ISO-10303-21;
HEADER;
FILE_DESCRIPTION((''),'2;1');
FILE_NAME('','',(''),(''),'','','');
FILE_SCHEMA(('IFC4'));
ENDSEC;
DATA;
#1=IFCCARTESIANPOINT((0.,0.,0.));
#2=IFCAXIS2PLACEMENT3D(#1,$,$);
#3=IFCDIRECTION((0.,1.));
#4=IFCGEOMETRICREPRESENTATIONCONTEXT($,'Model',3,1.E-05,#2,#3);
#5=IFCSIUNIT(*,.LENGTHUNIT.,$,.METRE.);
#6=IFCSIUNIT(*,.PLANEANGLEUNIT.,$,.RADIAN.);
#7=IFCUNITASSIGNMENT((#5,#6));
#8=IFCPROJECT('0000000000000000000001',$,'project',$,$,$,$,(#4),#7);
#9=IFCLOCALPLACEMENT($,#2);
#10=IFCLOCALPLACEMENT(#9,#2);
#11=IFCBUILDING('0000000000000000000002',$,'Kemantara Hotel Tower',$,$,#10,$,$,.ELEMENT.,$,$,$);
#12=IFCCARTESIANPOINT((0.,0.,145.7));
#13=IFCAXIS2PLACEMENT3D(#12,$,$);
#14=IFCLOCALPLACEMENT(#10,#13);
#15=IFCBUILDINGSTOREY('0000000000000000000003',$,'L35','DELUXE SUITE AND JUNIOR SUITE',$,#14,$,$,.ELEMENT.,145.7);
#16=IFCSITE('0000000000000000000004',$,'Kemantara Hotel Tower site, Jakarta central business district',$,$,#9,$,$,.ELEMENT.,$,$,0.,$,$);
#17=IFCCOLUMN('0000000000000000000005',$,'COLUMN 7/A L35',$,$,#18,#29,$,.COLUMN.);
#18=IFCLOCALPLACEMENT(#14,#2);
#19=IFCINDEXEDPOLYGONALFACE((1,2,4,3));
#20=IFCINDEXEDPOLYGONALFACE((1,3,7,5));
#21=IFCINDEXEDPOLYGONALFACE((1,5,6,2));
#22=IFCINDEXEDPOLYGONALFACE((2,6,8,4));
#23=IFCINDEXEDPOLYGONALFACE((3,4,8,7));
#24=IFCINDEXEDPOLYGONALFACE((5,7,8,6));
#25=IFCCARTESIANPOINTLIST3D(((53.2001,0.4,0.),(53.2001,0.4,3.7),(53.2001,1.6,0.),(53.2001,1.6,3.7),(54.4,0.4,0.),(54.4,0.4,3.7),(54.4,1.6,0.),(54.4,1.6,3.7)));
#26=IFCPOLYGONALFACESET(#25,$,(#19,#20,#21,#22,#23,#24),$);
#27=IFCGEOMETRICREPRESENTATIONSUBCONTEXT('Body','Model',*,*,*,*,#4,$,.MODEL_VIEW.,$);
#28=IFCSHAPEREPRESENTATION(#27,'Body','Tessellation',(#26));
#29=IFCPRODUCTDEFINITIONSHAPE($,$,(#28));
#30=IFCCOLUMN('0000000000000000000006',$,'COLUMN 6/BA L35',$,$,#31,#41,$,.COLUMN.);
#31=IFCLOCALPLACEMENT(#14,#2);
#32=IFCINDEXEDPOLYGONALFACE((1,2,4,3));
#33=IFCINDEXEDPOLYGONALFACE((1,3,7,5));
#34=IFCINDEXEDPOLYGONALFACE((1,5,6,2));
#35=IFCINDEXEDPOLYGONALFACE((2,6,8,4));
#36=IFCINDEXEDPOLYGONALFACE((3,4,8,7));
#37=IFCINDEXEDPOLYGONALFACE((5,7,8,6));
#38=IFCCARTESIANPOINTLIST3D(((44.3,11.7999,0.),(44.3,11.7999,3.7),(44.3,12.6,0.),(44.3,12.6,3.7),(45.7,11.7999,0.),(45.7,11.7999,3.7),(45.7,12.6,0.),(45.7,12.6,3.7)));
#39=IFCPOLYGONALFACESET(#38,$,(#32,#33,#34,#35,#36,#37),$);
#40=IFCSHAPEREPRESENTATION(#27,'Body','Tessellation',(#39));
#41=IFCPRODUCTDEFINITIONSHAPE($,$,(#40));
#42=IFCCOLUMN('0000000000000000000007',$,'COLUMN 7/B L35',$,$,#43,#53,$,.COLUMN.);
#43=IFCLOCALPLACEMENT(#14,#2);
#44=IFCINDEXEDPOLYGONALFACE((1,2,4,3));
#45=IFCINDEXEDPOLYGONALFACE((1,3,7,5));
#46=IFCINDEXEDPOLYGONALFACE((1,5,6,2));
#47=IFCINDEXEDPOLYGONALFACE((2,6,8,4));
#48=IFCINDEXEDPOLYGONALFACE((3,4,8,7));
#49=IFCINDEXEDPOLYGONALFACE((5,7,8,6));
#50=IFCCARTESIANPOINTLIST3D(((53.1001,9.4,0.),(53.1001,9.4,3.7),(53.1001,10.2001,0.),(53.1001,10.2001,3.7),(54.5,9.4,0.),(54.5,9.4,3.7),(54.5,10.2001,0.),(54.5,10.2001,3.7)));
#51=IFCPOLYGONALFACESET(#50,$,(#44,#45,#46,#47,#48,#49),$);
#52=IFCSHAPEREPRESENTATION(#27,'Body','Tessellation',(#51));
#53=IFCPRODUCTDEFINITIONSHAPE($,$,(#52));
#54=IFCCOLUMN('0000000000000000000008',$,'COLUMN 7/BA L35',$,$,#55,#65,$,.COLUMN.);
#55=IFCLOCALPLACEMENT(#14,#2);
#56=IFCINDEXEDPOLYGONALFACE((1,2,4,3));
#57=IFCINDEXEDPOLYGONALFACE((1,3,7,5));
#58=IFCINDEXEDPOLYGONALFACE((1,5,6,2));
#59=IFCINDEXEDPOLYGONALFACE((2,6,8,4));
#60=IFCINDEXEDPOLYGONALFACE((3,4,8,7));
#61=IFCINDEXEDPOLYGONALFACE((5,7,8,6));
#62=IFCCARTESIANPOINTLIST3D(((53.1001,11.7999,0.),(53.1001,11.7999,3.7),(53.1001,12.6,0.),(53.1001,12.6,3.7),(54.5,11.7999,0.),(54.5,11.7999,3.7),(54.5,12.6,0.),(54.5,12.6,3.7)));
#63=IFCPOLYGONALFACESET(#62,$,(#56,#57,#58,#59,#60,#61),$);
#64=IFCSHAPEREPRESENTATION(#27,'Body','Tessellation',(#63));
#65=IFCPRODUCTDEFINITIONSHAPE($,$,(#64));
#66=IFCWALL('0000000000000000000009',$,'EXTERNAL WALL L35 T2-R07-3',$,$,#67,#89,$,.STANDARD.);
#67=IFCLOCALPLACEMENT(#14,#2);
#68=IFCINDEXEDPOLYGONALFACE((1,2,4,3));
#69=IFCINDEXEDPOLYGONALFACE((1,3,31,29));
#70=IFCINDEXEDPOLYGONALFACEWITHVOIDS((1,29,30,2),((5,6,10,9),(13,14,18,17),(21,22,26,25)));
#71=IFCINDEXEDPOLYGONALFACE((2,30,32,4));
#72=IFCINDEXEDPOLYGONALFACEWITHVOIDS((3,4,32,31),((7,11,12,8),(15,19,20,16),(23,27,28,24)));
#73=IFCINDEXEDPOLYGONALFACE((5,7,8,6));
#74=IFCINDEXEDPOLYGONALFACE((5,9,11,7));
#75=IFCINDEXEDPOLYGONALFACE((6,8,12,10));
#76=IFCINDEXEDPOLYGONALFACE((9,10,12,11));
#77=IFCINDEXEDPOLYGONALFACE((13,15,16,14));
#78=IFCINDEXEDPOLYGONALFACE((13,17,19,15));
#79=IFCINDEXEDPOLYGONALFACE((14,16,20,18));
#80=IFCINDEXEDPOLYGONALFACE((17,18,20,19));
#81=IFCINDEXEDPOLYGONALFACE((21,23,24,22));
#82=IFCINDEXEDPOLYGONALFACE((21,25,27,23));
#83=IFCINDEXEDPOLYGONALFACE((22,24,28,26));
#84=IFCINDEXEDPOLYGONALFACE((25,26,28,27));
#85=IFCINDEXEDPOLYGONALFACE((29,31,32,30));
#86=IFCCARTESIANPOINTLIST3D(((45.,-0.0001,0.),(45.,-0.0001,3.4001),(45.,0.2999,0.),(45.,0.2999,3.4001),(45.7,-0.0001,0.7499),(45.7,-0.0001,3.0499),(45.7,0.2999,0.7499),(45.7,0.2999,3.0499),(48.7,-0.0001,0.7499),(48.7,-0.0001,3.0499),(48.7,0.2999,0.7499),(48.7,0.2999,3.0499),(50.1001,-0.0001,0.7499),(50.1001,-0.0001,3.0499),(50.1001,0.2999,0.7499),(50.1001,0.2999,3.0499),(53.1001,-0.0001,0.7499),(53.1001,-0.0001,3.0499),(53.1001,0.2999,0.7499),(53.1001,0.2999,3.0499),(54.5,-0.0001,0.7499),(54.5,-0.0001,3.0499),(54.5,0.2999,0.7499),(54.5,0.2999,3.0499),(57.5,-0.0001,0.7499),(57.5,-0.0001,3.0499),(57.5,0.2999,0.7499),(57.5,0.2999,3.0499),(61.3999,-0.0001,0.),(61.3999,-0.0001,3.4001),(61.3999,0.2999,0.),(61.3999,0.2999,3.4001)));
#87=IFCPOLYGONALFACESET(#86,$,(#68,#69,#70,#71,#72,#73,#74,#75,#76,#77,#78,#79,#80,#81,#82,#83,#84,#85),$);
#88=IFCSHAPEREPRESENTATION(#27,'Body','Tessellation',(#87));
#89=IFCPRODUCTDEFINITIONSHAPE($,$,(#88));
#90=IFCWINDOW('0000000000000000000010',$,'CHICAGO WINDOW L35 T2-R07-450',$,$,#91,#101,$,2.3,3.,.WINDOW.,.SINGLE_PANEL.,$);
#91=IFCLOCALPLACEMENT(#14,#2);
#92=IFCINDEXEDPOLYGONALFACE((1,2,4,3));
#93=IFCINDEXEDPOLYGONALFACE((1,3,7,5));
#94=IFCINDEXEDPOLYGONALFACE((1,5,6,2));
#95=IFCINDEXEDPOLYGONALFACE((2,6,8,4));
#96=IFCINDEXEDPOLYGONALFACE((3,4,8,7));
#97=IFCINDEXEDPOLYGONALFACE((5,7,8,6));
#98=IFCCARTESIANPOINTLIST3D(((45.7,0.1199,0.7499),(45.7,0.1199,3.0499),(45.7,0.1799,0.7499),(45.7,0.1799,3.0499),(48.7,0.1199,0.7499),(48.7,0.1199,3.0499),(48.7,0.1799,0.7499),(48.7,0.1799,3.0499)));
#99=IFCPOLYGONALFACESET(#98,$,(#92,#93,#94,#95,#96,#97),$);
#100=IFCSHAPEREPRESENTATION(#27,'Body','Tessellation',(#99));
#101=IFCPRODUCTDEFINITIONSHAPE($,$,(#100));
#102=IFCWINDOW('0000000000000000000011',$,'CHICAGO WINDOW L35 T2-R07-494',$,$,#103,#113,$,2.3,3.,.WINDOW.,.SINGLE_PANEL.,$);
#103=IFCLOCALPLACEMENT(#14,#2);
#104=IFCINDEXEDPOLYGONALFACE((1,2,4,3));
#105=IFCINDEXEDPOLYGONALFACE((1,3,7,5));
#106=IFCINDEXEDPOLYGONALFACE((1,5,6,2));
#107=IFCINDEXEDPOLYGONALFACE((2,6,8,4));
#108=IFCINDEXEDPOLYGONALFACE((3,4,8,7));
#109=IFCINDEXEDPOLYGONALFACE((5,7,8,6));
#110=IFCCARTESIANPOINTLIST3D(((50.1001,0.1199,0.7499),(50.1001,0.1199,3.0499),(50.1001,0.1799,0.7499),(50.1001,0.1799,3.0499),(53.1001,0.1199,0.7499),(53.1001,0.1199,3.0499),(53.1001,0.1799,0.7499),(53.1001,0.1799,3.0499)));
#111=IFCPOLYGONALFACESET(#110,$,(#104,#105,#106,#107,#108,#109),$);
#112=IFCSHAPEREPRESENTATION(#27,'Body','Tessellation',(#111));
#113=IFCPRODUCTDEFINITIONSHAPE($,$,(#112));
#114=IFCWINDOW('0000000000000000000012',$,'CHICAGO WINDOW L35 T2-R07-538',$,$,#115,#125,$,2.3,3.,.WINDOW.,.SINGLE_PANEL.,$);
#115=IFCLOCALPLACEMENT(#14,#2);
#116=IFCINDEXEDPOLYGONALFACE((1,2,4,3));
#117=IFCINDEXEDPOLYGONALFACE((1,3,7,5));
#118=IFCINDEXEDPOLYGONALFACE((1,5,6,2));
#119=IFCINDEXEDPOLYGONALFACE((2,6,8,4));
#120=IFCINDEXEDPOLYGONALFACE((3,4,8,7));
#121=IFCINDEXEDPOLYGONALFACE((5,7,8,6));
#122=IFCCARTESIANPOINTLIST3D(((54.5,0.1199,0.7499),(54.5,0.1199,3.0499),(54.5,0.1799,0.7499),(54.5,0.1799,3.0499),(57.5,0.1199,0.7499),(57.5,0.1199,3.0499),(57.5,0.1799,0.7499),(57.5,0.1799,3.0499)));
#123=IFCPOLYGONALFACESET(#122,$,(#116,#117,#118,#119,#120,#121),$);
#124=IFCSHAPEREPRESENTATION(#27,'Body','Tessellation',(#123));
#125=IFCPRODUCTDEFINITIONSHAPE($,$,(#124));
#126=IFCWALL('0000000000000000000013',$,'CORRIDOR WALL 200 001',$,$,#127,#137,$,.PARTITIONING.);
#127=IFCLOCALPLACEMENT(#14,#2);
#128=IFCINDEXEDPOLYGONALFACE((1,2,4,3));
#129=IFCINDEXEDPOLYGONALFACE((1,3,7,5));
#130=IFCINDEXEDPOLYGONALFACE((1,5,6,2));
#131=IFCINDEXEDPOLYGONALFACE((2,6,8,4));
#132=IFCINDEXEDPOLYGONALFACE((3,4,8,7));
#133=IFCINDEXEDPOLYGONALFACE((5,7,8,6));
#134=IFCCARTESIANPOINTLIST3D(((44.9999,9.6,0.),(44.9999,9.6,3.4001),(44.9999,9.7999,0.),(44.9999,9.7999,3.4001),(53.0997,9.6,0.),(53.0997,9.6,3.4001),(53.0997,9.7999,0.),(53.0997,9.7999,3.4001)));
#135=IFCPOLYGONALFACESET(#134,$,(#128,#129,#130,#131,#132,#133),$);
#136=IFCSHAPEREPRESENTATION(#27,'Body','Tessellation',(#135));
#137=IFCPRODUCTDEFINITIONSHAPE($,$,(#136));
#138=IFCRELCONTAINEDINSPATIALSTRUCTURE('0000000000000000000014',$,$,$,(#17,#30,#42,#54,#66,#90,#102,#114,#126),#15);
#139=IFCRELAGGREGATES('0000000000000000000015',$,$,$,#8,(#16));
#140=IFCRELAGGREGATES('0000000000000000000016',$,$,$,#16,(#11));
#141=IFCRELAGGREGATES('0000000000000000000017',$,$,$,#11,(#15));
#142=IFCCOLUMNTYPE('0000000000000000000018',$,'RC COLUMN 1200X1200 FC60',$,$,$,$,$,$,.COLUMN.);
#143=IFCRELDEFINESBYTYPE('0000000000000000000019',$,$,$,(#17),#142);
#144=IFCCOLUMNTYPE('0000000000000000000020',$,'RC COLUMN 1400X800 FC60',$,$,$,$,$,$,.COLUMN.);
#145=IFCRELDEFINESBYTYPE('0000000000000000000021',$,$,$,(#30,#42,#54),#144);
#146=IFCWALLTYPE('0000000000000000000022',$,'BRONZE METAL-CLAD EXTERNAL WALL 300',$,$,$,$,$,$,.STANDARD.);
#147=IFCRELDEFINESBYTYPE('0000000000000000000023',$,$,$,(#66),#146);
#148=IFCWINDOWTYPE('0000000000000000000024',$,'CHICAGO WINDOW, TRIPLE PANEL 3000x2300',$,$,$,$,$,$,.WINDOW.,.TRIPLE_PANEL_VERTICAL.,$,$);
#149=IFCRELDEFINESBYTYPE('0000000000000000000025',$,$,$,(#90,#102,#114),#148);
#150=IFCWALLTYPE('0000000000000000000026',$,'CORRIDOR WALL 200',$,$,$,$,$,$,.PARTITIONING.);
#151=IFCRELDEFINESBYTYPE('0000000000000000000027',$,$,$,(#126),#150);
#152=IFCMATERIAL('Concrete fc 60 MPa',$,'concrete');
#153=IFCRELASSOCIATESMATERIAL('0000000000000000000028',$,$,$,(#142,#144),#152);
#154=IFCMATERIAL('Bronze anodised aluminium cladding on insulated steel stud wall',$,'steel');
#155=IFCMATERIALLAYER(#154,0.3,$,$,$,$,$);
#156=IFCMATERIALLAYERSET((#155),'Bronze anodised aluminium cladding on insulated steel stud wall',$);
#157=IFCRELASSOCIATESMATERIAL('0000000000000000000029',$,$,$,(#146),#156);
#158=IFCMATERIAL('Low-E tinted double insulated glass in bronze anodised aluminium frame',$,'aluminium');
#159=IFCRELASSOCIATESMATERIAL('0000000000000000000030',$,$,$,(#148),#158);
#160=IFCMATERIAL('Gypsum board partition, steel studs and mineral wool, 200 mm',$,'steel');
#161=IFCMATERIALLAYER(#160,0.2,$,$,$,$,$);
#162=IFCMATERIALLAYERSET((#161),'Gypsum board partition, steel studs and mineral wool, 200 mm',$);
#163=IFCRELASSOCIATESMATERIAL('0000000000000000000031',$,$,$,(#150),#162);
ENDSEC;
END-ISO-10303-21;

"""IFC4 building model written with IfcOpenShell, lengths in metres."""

from ifc_helpers import new_model, si_unit, direction, frame, frame_2d, origin, origin_2d, place, context, subcontext, project, spatial, rectangle, extrude, material, layer, layer_set, material_profile, profile_set, type_object, element, fill, save


model = new_model("IFC4")

# Units and contexts
model_context = context("Model", 3, precision=1e-05, world=origin(), true_north=direction((0.0, 1.0)))
body_context = subcontext(model_context, "Body", "Model", "MODEL_VIEW")
ifc_project = project(units=[si_unit("LENGTHUNIT", "METRE"), si_unit("PLANEANGLEUNIT", "RADIAN")], contexts=[model_context])

# Site, building, storey
site_placement = place(None, origin())
site = spatial("IfcSite", under=ifc_project, at=site_placement, Name="Kemantara Hotel Tower site, Jakarta central business district", CompositionType="ELEMENT", RefElevation=0.0)
building_placement = place(site_placement, origin())
building = spatial("IfcBuilding", under=site, at=building_placement, Name="Kemantara Hotel Tower", CompositionType="ELEMENT")
storey_placement = place(building_placement, frame((0.0, 0.0, 145.7)))
storey = spatial("IfcBuildingStorey", under=building, at=storey_placement, Name="L35", Description="DELUXE SUITE AND JUNIOR SUITE", CompositionType="ELEMENT", Elevation=145.7)

# Columns
ifc_material_1 = material(Name="Concrete fc 60 MPa", Category="concrete")
ifc_material_profile_1 = material_profile(ifc_material_1, rectangle(XDim=1.2, YDim=1.2, at=origin_2d()), Name="RC 1200X1200")
ifc_profile_set_1 = profile_set([ifc_material_profile_1], Name="Concrete fc 60 MPa")
column_type_1 = type_object("IfcColumnType", Name="RC COLUMN 1200X1200 FC60", PredefinedType="COLUMN", material=ifc_profile_set_1)
column_placement = place(storey_placement, frame((53.8, 1.0, 0.0), z_axis=(0.0, 0.0, 1.0), x_axis=(1.0, 0.0, 0.0)))
element("IfcColumn", 1, at=column_placement, inside=storey, type_object=column_type_1, Name="COLUMN 7/A L35", PredefinedType="COLUMN", context=body_context, shape_type="SweptSolid", body=[
    extrude(rectangle(XDim=1.2, YDim=1.2, at=origin_2d()), origin(), (0.0, 0.0, 1.0), 3.7),
])
ifc_material_profile_2 = material_profile(ifc_material_1, rectangle(XDim=1.3999, YDim=0.8, at=origin_2d()), Name="RC 1400X800")
ifc_profile_set_2 = profile_set([ifc_material_profile_2], Name="Concrete fc 60 MPa")
column_type_2 = type_object("IfcColumnType", Name="RC COLUMN 1400X800 FC60", PredefinedType="COLUMN", material=ifc_profile_set_2)
for number, where, z_axis, x_axis, name in (
    (2, (45.0, 12.2, 0.0), (0.0, 0.0, 1.0), (1.0, 0.0, 0.0), "COLUMN 6/BA L35"),
    (3, (53.8, 9.8, 0.0), (0.0, 0.0, 1.0), (1.0, 0.0, 0.0), "COLUMN 7/B L35"),
    (4, (53.8, 12.2, 0.0), (0.0, 0.0, 1.0), (1.0, 0.0, 0.0), "COLUMN 7/BA L35"),
):
    element("IfcColumn", number, at=place(storey_placement, frame(where, z_axis=z_axis, x_axis=x_axis)), inside=storey, type_object=column_type_2, Name=name, PredefinedType="COLUMN", context=body_context, shape_type="SweptSolid", body=[
        extrude(rectangle(XDim=1.3999, YDim=0.8, at=origin_2d()), origin(), (0.0, 0.0, 1.0), 3.7),
    ])

# Wall, openings, windows
ifc_material_2 = material(Name="Bronze anodised aluminium cladding on insulated steel stud wall", Category="steel")
ifc_layer_1 = layer(ifc_material_2, 0.3)
ifc_layer_set_1 = layer_set([ifc_layer_1], Name="Bronze anodised aluminium cladding on insulated steel stud wall")
wall_type_1 = type_object("IfcWallType", Name="BRONZE METAL-CLAD EXTERNAL WALL 300", PredefinedType="STANDARD", material=ifc_layer_set_1)
wall_1_placement = place(storey_placement, frame((45.0, 0.1499, 0.0), z_axis=(0.0, 0.0, 1.0), x_axis=(1.0, 0.0, 0.0)))
wall_1 = element("IfcWall", 5, at=wall_1_placement, inside=storey, type_object=wall_type_1, Name="EXTERNAL WALL L35 T2-R07-3", PredefinedType="STANDARD", context=body_context, shape_type="SweptSolid", body=[
    extrude(rectangle(XDim=16.3999, YDim=0.3, at=frame_2d((8.2, 0.0))), origin(), (0.0, 0.0, 1.0), 3.4001),
])
opening_1_placement = place(wall_1_placement, frame((0.7, 0.0, 0.75)))
opening_1 = element("IfcOpeningElement", 6, at=opening_1_placement, cuts=wall_1, PredefinedType="OPENING", context=body_context, shape_type="SweptSolid", body=[
    extrude(rectangle(XDim=3.0, YDim=2.3, at=frame_2d((1.5, 1.1499))), frame((0.0, 0.1599, 0.0), z_axis=(0.0, -1.0, 0.0), x_axis=(1.0, 0.0, 0.0)), (0.0, 0.0, 1.0), 0.3201),
])
opening_2_placement = place(wall_1_placement, frame((5.1001, 0.0, 0.75)))
opening_2 = element("IfcOpeningElement", 7, at=opening_2_placement, cuts=wall_1, PredefinedType="OPENING", context=body_context, shape_type="SweptSolid", body=[
    extrude(rectangle(XDim=3.0, YDim=2.3, at=frame_2d((1.5, 1.1499))), frame((0.0, 0.1599, 0.0), z_axis=(0.0, -1.0, 0.0), x_axis=(1.0, 0.0, 0.0)), (0.0, 0.0, 1.0), 0.3201),
])
opening_3_placement = place(wall_1_placement, frame((9.5, 0.0, 0.75)))
opening_3 = element("IfcOpeningElement", 8, at=opening_3_placement, cuts=wall_1, PredefinedType="OPENING", context=body_context, shape_type="SweptSolid", body=[
    extrude(rectangle(XDim=3.0, YDim=2.3, at=frame_2d((1.5, 1.1499))), frame((0.0, 0.1599, 0.0), z_axis=(0.0, -1.0, 0.0), x_axis=(1.0, 0.0, 0.0)), (0.0, 0.0, 1.0), 0.3201),
])
ifc_material_3 = material(Name="Low-E tinted double insulated glass in bronze anodised aluminium frame", Category="aluminium")
window_type = type_object("IfcWindowType", Name="CHICAGO WINDOW, TRIPLE PANEL 3000x2300", PartitioningType="TRIPLE_PANEL_VERTICAL", PredefinedType="WINDOW", material=ifc_material_3)
window_1_placement = place(opening_1_placement, origin())
window_1 = element("IfcWindow", 9, at=window_1_placement, inside=storey, type_object=window_type, Name="CHICAGO WINDOW L35 T2-R07-450", OverallHeight=2.3, OverallWidth=3.0, PartitioningType="SINGLE_PANEL", PredefinedType="WINDOW", context=body_context, shape_type="SweptSolid", body=[
    extrude(rectangle(XDim=3.0, YDim=2.3, at=frame_2d((1.5, 1.1499))), frame((0.0, 0.03, 0.0), z_axis=(0.0, -1.0, 0.0), x_axis=(1.0, 0.0, 0.0)), (0.0, 0.0, 1.0), 0.0601),
])
fill(opening_1, window_1)
window_2_placement = place(opening_2_placement, origin())
window_2 = element("IfcWindow", 10, at=window_2_placement, inside=storey, type_object=window_type, Name="CHICAGO WINDOW L35 T2-R07-494", OverallHeight=2.3, OverallWidth=3.0, PartitioningType="SINGLE_PANEL", PredefinedType="WINDOW", context=body_context, shape_type="SweptSolid", body=[
    extrude(rectangle(XDim=3.0, YDim=2.3, at=frame_2d((1.5, 1.1499))), frame((0.0, 0.03, 0.0), z_axis=(0.0, -1.0, 0.0), x_axis=(1.0, 0.0, 0.0)), (0.0, 0.0, 1.0), 0.0601),
])
fill(opening_2, window_2)
window_3_placement = place(opening_3_placement, origin())
window_3 = element("IfcWindow", 11, at=window_3_placement, inside=storey, type_object=window_type, Name="CHICAGO WINDOW L35 T2-R07-538", OverallHeight=2.3, OverallWidth=3.0, PartitioningType="SINGLE_PANEL", PredefinedType="WINDOW", context=body_context, shape_type="SweptSolid", body=[
    extrude(rectangle(XDim=3.0, YDim=2.3, at=frame_2d((1.5, 1.1499))), frame((0.0, 0.03, 0.0), z_axis=(0.0, -1.0, 0.0), x_axis=(1.0, 0.0, 0.0)), (0.0, 0.0, 1.0), 0.0601),
])
fill(opening_3, window_3)

# Wall
ifc_material_4 = material(Name="Gypsum board partition, steel studs and mineral wool, 200 mm", Category="steel")
ifc_layer_2 = layer(ifc_material_4, 0.2)
ifc_layer_set_2 = layer_set([ifc_layer_2], Name="Gypsum board partition, steel studs and mineral wool, 200 mm")
wall_type_2 = type_object("IfcWallType", Name="CORRIDOR WALL 200", PredefinedType="PARTITIONING", material=ifc_layer_set_2)
wall_2_placement = place(storey_placement, frame((45.0, 9.7, 0.0), z_axis=(0.0, 0.0, 1.0), x_axis=(1.0, 0.0, 0.0)))
element("IfcWall", 12, at=wall_2_placement, inside=storey, type_object=wall_type_2, Name="CORRIDOR WALL 200 001", PredefinedType="PARTITIONING", context=body_context, shape_type="SweptSolid", body=[
    extrude(rectangle(XDim=8.0999, YDim=0.2, at=frame_2d((4.0498, 0.0))), origin(), (0.0, 0.0, 1.0), 3.4001),
])

save(model, "model.ifc")
